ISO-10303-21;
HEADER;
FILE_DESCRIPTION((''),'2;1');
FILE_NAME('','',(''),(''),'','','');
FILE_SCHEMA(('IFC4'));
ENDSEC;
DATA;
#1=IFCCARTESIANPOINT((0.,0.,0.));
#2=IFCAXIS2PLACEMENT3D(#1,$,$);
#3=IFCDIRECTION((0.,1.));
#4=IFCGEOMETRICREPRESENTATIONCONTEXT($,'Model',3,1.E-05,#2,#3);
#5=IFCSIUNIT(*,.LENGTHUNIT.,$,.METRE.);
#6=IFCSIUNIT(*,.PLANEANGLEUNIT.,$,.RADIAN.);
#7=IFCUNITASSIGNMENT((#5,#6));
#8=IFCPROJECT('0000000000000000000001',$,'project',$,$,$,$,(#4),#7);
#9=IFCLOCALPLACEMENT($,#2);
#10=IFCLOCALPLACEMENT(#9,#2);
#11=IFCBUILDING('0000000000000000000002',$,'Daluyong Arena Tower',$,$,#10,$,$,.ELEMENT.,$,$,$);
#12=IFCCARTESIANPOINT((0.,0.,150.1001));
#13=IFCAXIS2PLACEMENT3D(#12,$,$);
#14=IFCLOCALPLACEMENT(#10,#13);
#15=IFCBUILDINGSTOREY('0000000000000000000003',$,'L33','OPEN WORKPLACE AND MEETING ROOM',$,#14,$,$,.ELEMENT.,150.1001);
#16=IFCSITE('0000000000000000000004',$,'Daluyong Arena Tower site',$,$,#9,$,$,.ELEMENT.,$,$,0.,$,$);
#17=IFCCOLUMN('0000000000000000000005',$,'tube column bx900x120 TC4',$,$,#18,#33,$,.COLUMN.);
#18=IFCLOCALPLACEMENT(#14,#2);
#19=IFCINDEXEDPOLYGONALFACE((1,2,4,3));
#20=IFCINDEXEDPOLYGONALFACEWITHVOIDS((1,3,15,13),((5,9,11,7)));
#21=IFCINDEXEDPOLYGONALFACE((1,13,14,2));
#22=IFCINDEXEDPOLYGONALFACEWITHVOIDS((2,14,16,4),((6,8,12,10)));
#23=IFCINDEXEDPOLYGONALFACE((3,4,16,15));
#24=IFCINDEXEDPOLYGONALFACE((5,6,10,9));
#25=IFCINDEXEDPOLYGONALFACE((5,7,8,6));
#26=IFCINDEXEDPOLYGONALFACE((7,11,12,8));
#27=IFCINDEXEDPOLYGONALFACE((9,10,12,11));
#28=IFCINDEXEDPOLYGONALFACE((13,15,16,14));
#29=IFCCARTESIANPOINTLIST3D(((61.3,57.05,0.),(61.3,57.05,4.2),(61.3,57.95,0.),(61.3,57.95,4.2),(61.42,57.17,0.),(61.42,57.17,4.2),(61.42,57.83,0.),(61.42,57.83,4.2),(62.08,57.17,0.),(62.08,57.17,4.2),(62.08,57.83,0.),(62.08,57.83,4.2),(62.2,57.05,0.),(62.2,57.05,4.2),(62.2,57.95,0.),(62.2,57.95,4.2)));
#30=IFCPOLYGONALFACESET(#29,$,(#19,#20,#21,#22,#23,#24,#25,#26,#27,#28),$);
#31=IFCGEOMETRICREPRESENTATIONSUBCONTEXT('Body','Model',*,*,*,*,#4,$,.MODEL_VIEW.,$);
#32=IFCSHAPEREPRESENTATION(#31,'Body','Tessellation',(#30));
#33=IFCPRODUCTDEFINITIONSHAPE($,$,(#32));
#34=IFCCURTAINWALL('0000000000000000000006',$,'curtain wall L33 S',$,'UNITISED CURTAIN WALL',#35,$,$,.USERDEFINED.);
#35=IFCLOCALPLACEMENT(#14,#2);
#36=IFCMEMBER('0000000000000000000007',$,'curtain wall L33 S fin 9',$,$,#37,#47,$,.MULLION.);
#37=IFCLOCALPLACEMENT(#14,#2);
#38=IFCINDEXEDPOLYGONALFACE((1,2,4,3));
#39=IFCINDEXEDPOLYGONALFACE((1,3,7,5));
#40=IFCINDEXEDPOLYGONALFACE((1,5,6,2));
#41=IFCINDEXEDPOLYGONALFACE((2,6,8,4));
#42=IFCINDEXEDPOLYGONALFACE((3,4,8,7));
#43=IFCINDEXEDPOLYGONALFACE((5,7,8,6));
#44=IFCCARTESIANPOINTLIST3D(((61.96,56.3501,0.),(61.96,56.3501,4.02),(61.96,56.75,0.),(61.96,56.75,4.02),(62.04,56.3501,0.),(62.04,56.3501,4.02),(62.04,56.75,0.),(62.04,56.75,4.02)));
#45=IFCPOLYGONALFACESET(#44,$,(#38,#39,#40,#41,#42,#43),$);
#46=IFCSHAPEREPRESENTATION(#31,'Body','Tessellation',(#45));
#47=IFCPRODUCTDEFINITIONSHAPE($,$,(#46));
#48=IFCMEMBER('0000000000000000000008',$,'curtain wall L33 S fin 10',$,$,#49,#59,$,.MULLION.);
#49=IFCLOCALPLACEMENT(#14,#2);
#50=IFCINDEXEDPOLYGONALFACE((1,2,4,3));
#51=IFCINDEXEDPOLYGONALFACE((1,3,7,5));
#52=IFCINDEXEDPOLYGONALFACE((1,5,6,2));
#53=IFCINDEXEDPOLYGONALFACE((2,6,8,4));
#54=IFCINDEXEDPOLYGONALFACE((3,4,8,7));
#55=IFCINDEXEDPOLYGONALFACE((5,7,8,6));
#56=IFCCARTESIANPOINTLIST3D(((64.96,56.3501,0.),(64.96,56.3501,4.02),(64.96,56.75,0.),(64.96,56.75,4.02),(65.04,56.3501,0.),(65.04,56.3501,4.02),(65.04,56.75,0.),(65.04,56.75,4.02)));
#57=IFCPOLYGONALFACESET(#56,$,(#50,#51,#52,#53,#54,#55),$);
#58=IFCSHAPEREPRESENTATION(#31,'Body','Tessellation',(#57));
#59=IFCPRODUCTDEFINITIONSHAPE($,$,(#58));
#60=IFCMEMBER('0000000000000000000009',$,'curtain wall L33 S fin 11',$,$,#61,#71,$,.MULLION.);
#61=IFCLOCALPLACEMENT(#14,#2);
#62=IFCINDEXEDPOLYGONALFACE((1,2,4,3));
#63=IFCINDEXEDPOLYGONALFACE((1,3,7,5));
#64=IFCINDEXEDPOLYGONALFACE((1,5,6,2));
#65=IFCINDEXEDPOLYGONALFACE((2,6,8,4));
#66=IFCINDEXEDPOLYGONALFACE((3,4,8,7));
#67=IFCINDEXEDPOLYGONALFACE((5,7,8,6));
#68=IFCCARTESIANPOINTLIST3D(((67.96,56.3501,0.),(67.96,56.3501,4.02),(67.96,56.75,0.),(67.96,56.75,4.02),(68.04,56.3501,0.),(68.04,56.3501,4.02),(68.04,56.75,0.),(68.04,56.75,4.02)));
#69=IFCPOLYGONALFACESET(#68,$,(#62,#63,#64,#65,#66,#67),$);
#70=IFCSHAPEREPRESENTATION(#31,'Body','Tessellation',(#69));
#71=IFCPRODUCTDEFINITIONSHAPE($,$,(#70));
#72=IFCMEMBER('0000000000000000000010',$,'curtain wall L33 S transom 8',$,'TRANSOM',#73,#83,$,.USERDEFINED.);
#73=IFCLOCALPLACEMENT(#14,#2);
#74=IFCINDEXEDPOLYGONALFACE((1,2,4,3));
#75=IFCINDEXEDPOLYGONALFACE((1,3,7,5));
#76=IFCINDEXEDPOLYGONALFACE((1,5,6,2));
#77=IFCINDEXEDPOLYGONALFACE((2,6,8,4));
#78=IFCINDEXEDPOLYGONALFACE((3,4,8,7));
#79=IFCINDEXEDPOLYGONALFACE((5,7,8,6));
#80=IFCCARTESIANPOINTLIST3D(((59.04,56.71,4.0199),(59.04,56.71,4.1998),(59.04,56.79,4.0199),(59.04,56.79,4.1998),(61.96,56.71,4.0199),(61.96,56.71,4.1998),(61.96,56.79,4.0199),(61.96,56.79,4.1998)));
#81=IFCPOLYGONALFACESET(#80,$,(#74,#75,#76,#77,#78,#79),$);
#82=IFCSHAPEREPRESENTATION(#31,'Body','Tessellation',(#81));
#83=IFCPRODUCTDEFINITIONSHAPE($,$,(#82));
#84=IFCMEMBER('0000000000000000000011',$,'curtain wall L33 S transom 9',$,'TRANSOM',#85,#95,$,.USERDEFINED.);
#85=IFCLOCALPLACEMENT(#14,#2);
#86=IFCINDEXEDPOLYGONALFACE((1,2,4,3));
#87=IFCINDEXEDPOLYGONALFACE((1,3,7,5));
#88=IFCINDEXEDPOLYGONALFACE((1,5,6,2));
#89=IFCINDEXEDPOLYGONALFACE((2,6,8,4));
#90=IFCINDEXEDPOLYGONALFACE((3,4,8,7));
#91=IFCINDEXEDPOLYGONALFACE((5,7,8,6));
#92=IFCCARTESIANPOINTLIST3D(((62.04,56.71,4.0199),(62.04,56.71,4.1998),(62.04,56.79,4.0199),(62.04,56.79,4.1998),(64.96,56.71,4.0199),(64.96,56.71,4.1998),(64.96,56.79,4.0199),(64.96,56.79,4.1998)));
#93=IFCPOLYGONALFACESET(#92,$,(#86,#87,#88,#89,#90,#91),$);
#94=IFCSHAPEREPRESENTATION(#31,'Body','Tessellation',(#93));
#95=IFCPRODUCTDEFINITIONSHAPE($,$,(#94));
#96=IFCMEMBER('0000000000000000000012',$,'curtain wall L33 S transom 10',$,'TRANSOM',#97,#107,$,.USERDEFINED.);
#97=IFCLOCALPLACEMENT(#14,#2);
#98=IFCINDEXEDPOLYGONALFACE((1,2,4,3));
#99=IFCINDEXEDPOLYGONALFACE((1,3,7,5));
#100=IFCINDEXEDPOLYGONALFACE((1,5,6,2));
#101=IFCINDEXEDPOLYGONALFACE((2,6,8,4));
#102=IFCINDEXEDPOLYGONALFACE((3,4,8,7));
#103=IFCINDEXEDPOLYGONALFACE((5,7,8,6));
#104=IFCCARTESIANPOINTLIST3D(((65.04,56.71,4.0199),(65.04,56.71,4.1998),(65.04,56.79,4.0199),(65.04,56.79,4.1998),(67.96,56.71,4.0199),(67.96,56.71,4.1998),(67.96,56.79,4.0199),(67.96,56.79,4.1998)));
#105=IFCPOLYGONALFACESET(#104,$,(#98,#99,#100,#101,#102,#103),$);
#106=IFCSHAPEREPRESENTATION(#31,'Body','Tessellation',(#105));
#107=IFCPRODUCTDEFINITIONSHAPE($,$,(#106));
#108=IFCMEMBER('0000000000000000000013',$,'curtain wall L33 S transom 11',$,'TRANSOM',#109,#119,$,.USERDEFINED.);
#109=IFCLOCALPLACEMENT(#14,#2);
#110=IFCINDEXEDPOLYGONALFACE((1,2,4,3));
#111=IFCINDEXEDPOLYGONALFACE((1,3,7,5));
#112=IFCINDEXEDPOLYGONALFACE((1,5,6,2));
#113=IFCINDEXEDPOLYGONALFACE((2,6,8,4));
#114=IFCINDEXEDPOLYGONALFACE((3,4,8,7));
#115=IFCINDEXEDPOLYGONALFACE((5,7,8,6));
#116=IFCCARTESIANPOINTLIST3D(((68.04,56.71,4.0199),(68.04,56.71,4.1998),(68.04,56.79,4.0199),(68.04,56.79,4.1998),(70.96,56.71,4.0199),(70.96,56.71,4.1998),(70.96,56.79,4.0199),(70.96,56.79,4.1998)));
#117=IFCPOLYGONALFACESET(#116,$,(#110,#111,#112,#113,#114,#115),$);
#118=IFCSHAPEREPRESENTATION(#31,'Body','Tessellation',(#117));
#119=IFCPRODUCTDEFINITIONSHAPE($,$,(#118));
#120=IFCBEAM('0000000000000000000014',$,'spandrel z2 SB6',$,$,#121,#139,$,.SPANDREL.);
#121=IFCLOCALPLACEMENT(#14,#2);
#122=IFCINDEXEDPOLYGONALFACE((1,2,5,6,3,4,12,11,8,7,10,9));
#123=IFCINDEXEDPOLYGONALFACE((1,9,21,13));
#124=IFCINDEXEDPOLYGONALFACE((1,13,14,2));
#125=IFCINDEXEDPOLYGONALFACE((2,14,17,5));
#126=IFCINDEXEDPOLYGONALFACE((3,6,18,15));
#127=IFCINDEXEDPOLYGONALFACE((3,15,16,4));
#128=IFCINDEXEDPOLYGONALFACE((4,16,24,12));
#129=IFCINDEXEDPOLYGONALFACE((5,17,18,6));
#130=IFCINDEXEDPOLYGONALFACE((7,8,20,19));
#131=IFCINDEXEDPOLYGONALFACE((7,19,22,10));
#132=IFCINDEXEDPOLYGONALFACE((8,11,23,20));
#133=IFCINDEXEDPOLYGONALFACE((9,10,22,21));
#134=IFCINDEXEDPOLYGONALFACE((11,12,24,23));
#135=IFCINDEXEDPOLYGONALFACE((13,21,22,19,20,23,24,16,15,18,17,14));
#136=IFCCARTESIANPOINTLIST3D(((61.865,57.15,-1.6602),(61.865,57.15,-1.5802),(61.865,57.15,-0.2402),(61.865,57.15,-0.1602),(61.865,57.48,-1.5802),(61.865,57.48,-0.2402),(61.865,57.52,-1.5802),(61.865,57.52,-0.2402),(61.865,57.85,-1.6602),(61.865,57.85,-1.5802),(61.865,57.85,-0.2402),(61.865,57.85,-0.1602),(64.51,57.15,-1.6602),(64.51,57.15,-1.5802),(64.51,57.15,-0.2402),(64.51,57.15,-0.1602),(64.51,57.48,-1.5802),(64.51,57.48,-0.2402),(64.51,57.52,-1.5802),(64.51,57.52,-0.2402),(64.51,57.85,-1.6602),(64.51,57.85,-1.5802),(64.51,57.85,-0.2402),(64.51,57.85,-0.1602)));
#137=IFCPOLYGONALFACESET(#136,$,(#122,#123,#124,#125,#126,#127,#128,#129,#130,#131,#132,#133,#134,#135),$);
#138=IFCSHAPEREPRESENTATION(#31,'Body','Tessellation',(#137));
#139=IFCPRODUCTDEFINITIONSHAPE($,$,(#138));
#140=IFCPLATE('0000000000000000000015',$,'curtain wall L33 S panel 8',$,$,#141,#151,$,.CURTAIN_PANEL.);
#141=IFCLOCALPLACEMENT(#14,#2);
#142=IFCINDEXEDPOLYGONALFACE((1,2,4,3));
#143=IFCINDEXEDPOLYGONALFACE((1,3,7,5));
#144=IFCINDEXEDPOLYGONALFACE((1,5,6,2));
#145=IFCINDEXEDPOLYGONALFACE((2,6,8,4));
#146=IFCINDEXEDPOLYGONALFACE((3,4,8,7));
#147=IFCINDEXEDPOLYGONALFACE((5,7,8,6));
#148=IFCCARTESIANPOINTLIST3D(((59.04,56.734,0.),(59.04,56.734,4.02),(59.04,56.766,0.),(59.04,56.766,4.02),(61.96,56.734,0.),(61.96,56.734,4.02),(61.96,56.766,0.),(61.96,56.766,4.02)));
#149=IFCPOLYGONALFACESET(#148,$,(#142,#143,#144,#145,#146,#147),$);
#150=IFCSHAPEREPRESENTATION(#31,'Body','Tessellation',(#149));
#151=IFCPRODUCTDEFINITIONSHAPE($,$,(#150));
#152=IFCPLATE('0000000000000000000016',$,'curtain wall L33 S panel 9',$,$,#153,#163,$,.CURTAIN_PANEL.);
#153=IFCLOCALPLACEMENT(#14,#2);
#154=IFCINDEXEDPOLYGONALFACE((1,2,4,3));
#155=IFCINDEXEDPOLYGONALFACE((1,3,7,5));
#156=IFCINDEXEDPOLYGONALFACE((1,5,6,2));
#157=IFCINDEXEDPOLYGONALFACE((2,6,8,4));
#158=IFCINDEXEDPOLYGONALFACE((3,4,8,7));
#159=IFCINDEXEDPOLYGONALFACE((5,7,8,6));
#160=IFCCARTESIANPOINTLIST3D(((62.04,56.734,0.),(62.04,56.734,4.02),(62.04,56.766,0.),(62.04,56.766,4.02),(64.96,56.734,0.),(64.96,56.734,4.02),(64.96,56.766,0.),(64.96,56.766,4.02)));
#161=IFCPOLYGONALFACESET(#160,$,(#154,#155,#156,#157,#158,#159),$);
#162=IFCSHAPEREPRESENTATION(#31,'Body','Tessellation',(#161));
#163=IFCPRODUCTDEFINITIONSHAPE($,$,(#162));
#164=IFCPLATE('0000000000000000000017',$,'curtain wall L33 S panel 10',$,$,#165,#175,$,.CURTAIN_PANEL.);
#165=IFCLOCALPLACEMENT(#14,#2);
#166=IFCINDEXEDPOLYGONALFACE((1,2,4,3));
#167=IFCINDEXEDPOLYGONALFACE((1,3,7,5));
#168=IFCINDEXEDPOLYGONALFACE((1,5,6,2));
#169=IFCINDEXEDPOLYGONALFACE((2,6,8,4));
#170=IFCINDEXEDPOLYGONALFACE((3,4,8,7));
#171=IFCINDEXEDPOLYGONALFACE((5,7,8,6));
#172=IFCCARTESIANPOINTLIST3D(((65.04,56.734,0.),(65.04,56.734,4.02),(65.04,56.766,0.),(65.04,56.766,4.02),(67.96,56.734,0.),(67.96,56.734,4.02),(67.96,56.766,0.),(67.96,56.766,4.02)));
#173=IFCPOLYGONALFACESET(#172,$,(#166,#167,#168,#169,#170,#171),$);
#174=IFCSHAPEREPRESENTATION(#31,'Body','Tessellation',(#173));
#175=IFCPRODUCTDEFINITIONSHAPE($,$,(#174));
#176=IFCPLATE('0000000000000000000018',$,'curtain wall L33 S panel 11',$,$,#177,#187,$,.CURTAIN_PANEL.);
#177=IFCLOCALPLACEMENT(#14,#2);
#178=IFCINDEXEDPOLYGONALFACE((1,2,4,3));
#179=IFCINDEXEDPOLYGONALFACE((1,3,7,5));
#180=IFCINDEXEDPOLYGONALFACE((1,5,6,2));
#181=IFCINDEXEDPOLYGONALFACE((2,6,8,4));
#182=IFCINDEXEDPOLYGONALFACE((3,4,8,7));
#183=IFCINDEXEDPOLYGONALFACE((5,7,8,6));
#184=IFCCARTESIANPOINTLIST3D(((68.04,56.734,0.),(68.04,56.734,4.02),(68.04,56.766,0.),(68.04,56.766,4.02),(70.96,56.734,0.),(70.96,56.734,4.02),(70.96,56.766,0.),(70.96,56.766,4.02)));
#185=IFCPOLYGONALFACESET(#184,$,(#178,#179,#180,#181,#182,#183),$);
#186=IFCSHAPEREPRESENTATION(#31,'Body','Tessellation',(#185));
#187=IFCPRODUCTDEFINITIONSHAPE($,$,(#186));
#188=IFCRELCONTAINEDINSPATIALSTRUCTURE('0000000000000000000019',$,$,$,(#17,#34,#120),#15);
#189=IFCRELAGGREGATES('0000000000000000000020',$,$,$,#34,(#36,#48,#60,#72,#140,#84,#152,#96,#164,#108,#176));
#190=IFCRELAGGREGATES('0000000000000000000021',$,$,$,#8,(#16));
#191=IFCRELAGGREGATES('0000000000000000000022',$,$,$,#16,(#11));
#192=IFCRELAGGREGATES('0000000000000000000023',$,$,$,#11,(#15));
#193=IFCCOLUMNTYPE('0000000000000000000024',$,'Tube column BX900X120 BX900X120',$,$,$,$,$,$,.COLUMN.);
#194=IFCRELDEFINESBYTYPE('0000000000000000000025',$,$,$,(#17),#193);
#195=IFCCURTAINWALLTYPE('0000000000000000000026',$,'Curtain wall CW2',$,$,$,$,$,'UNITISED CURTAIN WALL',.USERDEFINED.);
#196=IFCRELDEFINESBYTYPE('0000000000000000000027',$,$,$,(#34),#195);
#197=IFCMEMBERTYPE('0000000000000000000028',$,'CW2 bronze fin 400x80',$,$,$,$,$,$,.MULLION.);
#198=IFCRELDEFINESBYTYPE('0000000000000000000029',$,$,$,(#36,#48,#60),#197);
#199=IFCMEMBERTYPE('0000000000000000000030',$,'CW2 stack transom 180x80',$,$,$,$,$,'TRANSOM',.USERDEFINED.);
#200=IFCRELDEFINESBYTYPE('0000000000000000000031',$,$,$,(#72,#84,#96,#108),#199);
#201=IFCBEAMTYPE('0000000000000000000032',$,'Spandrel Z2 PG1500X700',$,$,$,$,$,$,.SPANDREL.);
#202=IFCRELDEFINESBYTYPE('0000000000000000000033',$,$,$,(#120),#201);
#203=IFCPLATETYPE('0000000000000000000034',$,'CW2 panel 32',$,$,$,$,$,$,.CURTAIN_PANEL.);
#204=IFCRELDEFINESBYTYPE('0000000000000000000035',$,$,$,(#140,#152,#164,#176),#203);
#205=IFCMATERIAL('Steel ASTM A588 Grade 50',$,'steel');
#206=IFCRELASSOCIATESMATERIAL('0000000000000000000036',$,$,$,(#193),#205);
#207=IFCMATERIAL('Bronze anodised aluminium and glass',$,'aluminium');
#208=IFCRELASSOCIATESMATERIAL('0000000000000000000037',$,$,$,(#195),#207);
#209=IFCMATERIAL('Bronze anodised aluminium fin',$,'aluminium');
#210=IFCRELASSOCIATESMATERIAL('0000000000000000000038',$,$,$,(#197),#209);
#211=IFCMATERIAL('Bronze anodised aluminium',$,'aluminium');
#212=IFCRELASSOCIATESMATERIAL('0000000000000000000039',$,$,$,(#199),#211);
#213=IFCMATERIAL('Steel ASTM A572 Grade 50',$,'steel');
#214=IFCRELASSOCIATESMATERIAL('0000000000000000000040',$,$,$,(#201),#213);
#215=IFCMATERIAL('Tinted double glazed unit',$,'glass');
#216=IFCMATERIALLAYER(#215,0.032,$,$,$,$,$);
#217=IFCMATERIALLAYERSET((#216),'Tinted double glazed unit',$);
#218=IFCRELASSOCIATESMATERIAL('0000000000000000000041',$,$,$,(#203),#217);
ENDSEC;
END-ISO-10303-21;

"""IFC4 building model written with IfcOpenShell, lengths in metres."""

from ifc_helpers import new_model, si_unit, direction, frame, origin, origin_2d, place, context, subcontext, project, spatial, rectangle, hollow_rectangle, i_section, extrude, material, layer, layer_set, material_profile, profile_set, type_object, element, aggregate, save


model = new_model("IFC4")

# Units and contexts
model_context = context("Model", 3, precision=1e-05, world=origin(), true_north=direction((0.0, 1.0)))
body_context = subcontext(model_context, "Body", "Model", "MODEL_VIEW")
ifc_project = project(units=[si_unit("LENGTHUNIT", "METRE"), si_unit("PLANEANGLEUNIT", "RADIAN")], contexts=[model_context])

# Site, building, storey
site_placement = place(None, origin())
site = spatial("IfcSite", under=ifc_project, at=site_placement, Name="Daluyong Arena Tower site", CompositionType="ELEMENT", RefElevation=0.0)
building_placement = place(site_placement, origin())
building = spatial("IfcBuilding", under=site, at=building_placement, Name="Daluyong Arena Tower", CompositionType="ELEMENT")
storey_placement = place(building_placement, frame((0.0, 0.0, 150.1001)))
storey = spatial("IfcBuildingStorey", under=building, at=storey_placement, Name="L33", Description="OPEN WORKPLACE AND MEETING ROOM", CompositionType="ELEMENT", Elevation=150.1001)

# Column
ifc_material_1 = material(Name="Steel ASTM A588 Grade 50", Category="steel")
ifc_material_profile_1 = material_profile(ifc_material_1, hollow_rectangle(XDim=0.8999, YDim=0.8999, WallThickness=0.12, at=origin_2d()))
ifc_profile_set_1 = profile_set([ifc_material_profile_1], Name="Steel ASTM A588 Grade 50")
column_type = type_object("IfcColumnType", Name="Tube column BX900X120 BX900X120", PredefinedType="COLUMN", material=ifc_profile_set_1)
column_placement = place(storey_placement, frame((61.75, 57.5, 0.0), z_axis=(0.0, 0.0, 1.0), x_axis=(1.0, 0.0, 0.0)))
element("IfcColumn", 1, at=column_placement, inside=storey, type_object=column_type, Name="tube column bx900x120 TC4", PredefinedType="COLUMN", context=body_context, shape_type="SweptSolid", body=[
    extrude(hollow_rectangle(XDim=0.8999, YDim=0.8999, WallThickness=0.12, at=origin_2d()), origin(), (0.0, 0.0, 1.0), 4.2),
])

# Curtain wall, members
ifc_material_2 = material(Name="Bronze anodised aluminium and glass", Category="aluminium")
curtain_wall_type = type_object("IfcCurtainWallType", Name="Curtain wall CW2", ElementType="UNITISED CURTAIN WALL", PredefinedType="USERDEFINED", material=ifc_material_2)
curtain_wall_placement = place(storey_placement, origin())
curtain_wall = element("IfcCurtainWall", 2, at=curtain_wall_placement, inside=storey, type_object=curtain_wall_type, Name="curtain wall L33 S", ObjectType="UNITISED CURTAIN WALL", PredefinedType="USERDEFINED")
ifc_material_3 = material(Name="Bronze anodised aluminium fin", Category="aluminium")
ifc_material_profile_2 = material_profile(ifc_material_3, rectangle(XDim=0.3999, YDim=0.0801, at=origin_2d()))
ifc_profile_set_2 = profile_set([ifc_material_profile_2], Name="Bronze anodised aluminium fin")
member_type_1 = type_object("IfcMemberType", Name="CW2 bronze fin 400x80", PredefinedType="MULLION", material=ifc_profile_set_2)
member_1_placement = place(storey_placement, frame((62.0, 56.55, 0.0), z_axis=(0.0, 0.0, 1.0), x_axis=(0.0, 1.0, 0.0)))
member_1 = element("IfcMember", 3, at=member_1_placement, type_object=member_type_1, Name="curtain wall L33 S fin 9", PredefinedType="MULLION", context=body_context, shape_type="SweptSolid", body=[
    extrude(rectangle(XDim=0.3999, YDim=0.0801, at=origin_2d()), origin(), (0.0, 0.0, 1.0), 4.02),
])
member_2_placement = place(storey_placement, frame((65.0, 56.55, 0.0), z_axis=(0.0, 0.0, 1.0), x_axis=(0.0, 1.0, 0.0)))
member_2 = element("IfcMember", 4, at=member_2_placement, type_object=member_type_1, Name="curtain wall L33 S fin 10", PredefinedType="MULLION", context=body_context, shape_type="SweptSolid", body=[
    extrude(rectangle(XDim=0.3999, YDim=0.0801, at=origin_2d()), origin(), (0.0, 0.0, 1.0), 4.02),
])
member_3_placement = place(storey_placement, frame((68.0, 56.55, 0.0), z_axis=(0.0, 0.0, 1.0), x_axis=(0.0, 1.0, 0.0)))
member_3 = element("IfcMember", 5, at=member_3_placement, type_object=member_type_1, Name="curtain wall L33 S fin 11", PredefinedType="MULLION", context=body_context, shape_type="SweptSolid", body=[
    extrude(rectangle(XDim=0.3999, YDim=0.0801, at=origin_2d()), origin(), (0.0, 0.0, 1.0), 4.02),
])
ifc_material_4 = material(Name="Bronze anodised aluminium", Category="aluminium")
ifc_material_profile_3 = material_profile(ifc_material_4, rectangle(XDim=0.0801, YDim=0.1799, at=origin_2d()))
ifc_profile_set_3 = profile_set([ifc_material_profile_3], Name="Bronze anodised aluminium")
member_type_2 = type_object("IfcMemberType", Name="CW2 stack transom 180x80", ElementType="TRANSOM", PredefinedType="USERDEFINED", material=ifc_profile_set_3)
member_4_placement = place(storey_placement, frame((59.04, 56.75, 4.1099), z_axis=(1.0, 0.0, 0.0), x_axis=(0.0, 1.0, 0.0)))
member_4 = element("IfcMember", 6, at=member_4_placement, type_object=member_type_2, Name="curtain wall L33 S transom 8", ObjectType="TRANSOM", PredefinedType="USERDEFINED", context=body_context, shape_type="SweptSolid", body=[
    extrude(rectangle(XDim=0.0801, YDim=0.1799, at=origin_2d()), origin(), (0.0, 0.0, 1.0), 2.9199),
])
member_5_placement = place(storey_placement, frame((62.04, 56.75, 4.1099), z_axis=(1.0, 0.0, 0.0), x_axis=(0.0, 1.0, 0.0)))
member_5 = element("IfcMember", 7, at=member_5_placement, type_object=member_type_2, Name="curtain wall L33 S transom 9", ObjectType="TRANSOM", PredefinedType="USERDEFINED", context=body_context, shape_type="SweptSolid", body=[
    extrude(rectangle(XDim=0.0801, YDim=0.1799, at=origin_2d()), origin(), (0.0, 0.0, 1.0), 2.9199),
])
member_6_placement = place(storey_placement, frame((65.04, 56.75, 4.1099), z_axis=(1.0, 0.0, 0.0), x_axis=(0.0, 1.0, 0.0)))
member_6 = element("IfcMember", 8, at=member_6_placement, type_object=member_type_2, Name="curtain wall L33 S transom 10", ObjectType="TRANSOM", PredefinedType="USERDEFINED", context=body_context, shape_type="SweptSolid", body=[
    extrude(rectangle(XDim=0.0801, YDim=0.1799, at=origin_2d()), origin(), (0.0, 0.0, 1.0), 2.9199),
])
member_7_placement = place(storey_placement, frame((68.04, 56.75, 4.1099), z_axis=(1.0, 0.0, 0.0), x_axis=(0.0, 1.0, 0.0)))
member_7 = element("IfcMember", 9, at=member_7_placement, type_object=member_type_2, Name="curtain wall L33 S transom 11", ObjectType="TRANSOM", PredefinedType="USERDEFINED", context=body_context, shape_type="SweptSolid", body=[
    extrude(rectangle(XDim=0.0801, YDim=0.1799, at=origin_2d()), origin(), (0.0, 0.0, 1.0), 2.9199),
])

# Beam
ifc_material_5 = material(Name="Steel ASTM A572 Grade 50", Category="steel")
ifc_material_profile_4 = material_profile(ifc_material_5, i_section(OverallWidth=0.7, OverallDepth=1.5, WebThickness=0.04, FlangeThickness=0.08, at=origin_2d()))
ifc_profile_set_4 = profile_set([ifc_material_profile_4], Name="Steel ASTM A572 Grade 50")
beam_type = type_object("IfcBeamType", Name="Spandrel Z2 PG1500X700", PredefinedType="SPANDREL", material=ifc_profile_set_4)
beam_placement = place(storey_placement, frame((61.865, 57.5, -0.9102), z_axis=(1.0, 0.0, 0.0), x_axis=(0.0, 1.0, 0.0)))
element("IfcBeam", 10, at=beam_placement, inside=storey, type_object=beam_type, Name="spandrel z2 SB6", PredefinedType="SPANDREL", context=body_context, shape_type="SweptSolid", body=[
    extrude(i_section(OverallWidth=0.7, OverallDepth=1.5, WebThickness=0.04, FlangeThickness=0.08, at=origin_2d()), origin(), (0.0, 0.0, 1.0), 2.645),
])

# Plates
ifc_material_6 = material(Name="Tinted double glazed unit", Category="glass")
ifc_layer_1 = layer(ifc_material_6, 0.032)
ifc_layer_set_1 = layer_set([ifc_layer_1], Name="Tinted double glazed unit")
plate_type = type_object("IfcPlateType", Name="CW2 panel 32", PredefinedType="CURTAIN_PANEL", material=ifc_layer_set_1)
plate_1_placement = place(storey_placement, frame((60.5, 56.75, 0.0), z_axis=(0.0, 0.0, 1.0), x_axis=(1.0, 0.0, 0.0)))
plate_1 = element("IfcPlate", 11, at=plate_1_placement, type_object=plate_type, Name="curtain wall L33 S panel 8", PredefinedType="CURTAIN_PANEL", context=body_context, shape_type="SweptSolid", body=[
    extrude(rectangle(XDim=2.9199, YDim=0.032, at=origin_2d()), origin(), (0.0, 0.0, 1.0), 4.02),
])
plate_2_placement = place(storey_placement, frame((63.5, 56.75, 0.0), z_axis=(0.0, 0.0, 1.0), x_axis=(1.0, 0.0, 0.0)))
plate_2 = element("IfcPlate", 12, at=plate_2_placement, type_object=plate_type, Name="curtain wall L33 S panel 9", PredefinedType="CURTAIN_PANEL", context=body_context, shape_type="SweptSolid", body=[
    extrude(rectangle(XDim=2.9199, YDim=0.032, at=origin_2d()), origin(), (0.0, 0.0, 1.0), 4.02),
])
plate_3_placement = place(storey_placement, frame((66.5, 56.75, 0.0), z_axis=(0.0, 0.0, 1.0), x_axis=(1.0, 0.0, 0.0)))
plate_3 = element("IfcPlate", 13, at=plate_3_placement, type_object=plate_type, Name="curtain wall L33 S panel 10", PredefinedType="CURTAIN_PANEL", context=body_context, shape_type="SweptSolid", body=[
    extrude(rectangle(XDim=2.9199, YDim=0.032, at=origin_2d()), origin(), (0.0, 0.0, 1.0), 4.02),
])
plate_4_placement = place(storey_placement, frame((69.5, 56.75, 0.0), z_axis=(0.0, 0.0, 1.0), x_axis=(1.0, 0.0, 0.0)))
plate_4 = element("IfcPlate", 14, at=plate_4_placement, type_object=plate_type, Name="curtain wall L33 S panel 11", PredefinedType="CURTAIN_PANEL", context=body_context, shape_type="SweptSolid", body=[
    extrude(rectangle(XDim=2.9199, YDim=0.032, at=origin_2d()), origin(), (0.0, 0.0, 1.0), 4.02),
])
aggregate(curtain_wall, [member_1, member_2, member_3, member_4, plate_1, member_5, plate_2, member_6, plate_3, member_7, plate_4])

save(model, "model.ifc")
